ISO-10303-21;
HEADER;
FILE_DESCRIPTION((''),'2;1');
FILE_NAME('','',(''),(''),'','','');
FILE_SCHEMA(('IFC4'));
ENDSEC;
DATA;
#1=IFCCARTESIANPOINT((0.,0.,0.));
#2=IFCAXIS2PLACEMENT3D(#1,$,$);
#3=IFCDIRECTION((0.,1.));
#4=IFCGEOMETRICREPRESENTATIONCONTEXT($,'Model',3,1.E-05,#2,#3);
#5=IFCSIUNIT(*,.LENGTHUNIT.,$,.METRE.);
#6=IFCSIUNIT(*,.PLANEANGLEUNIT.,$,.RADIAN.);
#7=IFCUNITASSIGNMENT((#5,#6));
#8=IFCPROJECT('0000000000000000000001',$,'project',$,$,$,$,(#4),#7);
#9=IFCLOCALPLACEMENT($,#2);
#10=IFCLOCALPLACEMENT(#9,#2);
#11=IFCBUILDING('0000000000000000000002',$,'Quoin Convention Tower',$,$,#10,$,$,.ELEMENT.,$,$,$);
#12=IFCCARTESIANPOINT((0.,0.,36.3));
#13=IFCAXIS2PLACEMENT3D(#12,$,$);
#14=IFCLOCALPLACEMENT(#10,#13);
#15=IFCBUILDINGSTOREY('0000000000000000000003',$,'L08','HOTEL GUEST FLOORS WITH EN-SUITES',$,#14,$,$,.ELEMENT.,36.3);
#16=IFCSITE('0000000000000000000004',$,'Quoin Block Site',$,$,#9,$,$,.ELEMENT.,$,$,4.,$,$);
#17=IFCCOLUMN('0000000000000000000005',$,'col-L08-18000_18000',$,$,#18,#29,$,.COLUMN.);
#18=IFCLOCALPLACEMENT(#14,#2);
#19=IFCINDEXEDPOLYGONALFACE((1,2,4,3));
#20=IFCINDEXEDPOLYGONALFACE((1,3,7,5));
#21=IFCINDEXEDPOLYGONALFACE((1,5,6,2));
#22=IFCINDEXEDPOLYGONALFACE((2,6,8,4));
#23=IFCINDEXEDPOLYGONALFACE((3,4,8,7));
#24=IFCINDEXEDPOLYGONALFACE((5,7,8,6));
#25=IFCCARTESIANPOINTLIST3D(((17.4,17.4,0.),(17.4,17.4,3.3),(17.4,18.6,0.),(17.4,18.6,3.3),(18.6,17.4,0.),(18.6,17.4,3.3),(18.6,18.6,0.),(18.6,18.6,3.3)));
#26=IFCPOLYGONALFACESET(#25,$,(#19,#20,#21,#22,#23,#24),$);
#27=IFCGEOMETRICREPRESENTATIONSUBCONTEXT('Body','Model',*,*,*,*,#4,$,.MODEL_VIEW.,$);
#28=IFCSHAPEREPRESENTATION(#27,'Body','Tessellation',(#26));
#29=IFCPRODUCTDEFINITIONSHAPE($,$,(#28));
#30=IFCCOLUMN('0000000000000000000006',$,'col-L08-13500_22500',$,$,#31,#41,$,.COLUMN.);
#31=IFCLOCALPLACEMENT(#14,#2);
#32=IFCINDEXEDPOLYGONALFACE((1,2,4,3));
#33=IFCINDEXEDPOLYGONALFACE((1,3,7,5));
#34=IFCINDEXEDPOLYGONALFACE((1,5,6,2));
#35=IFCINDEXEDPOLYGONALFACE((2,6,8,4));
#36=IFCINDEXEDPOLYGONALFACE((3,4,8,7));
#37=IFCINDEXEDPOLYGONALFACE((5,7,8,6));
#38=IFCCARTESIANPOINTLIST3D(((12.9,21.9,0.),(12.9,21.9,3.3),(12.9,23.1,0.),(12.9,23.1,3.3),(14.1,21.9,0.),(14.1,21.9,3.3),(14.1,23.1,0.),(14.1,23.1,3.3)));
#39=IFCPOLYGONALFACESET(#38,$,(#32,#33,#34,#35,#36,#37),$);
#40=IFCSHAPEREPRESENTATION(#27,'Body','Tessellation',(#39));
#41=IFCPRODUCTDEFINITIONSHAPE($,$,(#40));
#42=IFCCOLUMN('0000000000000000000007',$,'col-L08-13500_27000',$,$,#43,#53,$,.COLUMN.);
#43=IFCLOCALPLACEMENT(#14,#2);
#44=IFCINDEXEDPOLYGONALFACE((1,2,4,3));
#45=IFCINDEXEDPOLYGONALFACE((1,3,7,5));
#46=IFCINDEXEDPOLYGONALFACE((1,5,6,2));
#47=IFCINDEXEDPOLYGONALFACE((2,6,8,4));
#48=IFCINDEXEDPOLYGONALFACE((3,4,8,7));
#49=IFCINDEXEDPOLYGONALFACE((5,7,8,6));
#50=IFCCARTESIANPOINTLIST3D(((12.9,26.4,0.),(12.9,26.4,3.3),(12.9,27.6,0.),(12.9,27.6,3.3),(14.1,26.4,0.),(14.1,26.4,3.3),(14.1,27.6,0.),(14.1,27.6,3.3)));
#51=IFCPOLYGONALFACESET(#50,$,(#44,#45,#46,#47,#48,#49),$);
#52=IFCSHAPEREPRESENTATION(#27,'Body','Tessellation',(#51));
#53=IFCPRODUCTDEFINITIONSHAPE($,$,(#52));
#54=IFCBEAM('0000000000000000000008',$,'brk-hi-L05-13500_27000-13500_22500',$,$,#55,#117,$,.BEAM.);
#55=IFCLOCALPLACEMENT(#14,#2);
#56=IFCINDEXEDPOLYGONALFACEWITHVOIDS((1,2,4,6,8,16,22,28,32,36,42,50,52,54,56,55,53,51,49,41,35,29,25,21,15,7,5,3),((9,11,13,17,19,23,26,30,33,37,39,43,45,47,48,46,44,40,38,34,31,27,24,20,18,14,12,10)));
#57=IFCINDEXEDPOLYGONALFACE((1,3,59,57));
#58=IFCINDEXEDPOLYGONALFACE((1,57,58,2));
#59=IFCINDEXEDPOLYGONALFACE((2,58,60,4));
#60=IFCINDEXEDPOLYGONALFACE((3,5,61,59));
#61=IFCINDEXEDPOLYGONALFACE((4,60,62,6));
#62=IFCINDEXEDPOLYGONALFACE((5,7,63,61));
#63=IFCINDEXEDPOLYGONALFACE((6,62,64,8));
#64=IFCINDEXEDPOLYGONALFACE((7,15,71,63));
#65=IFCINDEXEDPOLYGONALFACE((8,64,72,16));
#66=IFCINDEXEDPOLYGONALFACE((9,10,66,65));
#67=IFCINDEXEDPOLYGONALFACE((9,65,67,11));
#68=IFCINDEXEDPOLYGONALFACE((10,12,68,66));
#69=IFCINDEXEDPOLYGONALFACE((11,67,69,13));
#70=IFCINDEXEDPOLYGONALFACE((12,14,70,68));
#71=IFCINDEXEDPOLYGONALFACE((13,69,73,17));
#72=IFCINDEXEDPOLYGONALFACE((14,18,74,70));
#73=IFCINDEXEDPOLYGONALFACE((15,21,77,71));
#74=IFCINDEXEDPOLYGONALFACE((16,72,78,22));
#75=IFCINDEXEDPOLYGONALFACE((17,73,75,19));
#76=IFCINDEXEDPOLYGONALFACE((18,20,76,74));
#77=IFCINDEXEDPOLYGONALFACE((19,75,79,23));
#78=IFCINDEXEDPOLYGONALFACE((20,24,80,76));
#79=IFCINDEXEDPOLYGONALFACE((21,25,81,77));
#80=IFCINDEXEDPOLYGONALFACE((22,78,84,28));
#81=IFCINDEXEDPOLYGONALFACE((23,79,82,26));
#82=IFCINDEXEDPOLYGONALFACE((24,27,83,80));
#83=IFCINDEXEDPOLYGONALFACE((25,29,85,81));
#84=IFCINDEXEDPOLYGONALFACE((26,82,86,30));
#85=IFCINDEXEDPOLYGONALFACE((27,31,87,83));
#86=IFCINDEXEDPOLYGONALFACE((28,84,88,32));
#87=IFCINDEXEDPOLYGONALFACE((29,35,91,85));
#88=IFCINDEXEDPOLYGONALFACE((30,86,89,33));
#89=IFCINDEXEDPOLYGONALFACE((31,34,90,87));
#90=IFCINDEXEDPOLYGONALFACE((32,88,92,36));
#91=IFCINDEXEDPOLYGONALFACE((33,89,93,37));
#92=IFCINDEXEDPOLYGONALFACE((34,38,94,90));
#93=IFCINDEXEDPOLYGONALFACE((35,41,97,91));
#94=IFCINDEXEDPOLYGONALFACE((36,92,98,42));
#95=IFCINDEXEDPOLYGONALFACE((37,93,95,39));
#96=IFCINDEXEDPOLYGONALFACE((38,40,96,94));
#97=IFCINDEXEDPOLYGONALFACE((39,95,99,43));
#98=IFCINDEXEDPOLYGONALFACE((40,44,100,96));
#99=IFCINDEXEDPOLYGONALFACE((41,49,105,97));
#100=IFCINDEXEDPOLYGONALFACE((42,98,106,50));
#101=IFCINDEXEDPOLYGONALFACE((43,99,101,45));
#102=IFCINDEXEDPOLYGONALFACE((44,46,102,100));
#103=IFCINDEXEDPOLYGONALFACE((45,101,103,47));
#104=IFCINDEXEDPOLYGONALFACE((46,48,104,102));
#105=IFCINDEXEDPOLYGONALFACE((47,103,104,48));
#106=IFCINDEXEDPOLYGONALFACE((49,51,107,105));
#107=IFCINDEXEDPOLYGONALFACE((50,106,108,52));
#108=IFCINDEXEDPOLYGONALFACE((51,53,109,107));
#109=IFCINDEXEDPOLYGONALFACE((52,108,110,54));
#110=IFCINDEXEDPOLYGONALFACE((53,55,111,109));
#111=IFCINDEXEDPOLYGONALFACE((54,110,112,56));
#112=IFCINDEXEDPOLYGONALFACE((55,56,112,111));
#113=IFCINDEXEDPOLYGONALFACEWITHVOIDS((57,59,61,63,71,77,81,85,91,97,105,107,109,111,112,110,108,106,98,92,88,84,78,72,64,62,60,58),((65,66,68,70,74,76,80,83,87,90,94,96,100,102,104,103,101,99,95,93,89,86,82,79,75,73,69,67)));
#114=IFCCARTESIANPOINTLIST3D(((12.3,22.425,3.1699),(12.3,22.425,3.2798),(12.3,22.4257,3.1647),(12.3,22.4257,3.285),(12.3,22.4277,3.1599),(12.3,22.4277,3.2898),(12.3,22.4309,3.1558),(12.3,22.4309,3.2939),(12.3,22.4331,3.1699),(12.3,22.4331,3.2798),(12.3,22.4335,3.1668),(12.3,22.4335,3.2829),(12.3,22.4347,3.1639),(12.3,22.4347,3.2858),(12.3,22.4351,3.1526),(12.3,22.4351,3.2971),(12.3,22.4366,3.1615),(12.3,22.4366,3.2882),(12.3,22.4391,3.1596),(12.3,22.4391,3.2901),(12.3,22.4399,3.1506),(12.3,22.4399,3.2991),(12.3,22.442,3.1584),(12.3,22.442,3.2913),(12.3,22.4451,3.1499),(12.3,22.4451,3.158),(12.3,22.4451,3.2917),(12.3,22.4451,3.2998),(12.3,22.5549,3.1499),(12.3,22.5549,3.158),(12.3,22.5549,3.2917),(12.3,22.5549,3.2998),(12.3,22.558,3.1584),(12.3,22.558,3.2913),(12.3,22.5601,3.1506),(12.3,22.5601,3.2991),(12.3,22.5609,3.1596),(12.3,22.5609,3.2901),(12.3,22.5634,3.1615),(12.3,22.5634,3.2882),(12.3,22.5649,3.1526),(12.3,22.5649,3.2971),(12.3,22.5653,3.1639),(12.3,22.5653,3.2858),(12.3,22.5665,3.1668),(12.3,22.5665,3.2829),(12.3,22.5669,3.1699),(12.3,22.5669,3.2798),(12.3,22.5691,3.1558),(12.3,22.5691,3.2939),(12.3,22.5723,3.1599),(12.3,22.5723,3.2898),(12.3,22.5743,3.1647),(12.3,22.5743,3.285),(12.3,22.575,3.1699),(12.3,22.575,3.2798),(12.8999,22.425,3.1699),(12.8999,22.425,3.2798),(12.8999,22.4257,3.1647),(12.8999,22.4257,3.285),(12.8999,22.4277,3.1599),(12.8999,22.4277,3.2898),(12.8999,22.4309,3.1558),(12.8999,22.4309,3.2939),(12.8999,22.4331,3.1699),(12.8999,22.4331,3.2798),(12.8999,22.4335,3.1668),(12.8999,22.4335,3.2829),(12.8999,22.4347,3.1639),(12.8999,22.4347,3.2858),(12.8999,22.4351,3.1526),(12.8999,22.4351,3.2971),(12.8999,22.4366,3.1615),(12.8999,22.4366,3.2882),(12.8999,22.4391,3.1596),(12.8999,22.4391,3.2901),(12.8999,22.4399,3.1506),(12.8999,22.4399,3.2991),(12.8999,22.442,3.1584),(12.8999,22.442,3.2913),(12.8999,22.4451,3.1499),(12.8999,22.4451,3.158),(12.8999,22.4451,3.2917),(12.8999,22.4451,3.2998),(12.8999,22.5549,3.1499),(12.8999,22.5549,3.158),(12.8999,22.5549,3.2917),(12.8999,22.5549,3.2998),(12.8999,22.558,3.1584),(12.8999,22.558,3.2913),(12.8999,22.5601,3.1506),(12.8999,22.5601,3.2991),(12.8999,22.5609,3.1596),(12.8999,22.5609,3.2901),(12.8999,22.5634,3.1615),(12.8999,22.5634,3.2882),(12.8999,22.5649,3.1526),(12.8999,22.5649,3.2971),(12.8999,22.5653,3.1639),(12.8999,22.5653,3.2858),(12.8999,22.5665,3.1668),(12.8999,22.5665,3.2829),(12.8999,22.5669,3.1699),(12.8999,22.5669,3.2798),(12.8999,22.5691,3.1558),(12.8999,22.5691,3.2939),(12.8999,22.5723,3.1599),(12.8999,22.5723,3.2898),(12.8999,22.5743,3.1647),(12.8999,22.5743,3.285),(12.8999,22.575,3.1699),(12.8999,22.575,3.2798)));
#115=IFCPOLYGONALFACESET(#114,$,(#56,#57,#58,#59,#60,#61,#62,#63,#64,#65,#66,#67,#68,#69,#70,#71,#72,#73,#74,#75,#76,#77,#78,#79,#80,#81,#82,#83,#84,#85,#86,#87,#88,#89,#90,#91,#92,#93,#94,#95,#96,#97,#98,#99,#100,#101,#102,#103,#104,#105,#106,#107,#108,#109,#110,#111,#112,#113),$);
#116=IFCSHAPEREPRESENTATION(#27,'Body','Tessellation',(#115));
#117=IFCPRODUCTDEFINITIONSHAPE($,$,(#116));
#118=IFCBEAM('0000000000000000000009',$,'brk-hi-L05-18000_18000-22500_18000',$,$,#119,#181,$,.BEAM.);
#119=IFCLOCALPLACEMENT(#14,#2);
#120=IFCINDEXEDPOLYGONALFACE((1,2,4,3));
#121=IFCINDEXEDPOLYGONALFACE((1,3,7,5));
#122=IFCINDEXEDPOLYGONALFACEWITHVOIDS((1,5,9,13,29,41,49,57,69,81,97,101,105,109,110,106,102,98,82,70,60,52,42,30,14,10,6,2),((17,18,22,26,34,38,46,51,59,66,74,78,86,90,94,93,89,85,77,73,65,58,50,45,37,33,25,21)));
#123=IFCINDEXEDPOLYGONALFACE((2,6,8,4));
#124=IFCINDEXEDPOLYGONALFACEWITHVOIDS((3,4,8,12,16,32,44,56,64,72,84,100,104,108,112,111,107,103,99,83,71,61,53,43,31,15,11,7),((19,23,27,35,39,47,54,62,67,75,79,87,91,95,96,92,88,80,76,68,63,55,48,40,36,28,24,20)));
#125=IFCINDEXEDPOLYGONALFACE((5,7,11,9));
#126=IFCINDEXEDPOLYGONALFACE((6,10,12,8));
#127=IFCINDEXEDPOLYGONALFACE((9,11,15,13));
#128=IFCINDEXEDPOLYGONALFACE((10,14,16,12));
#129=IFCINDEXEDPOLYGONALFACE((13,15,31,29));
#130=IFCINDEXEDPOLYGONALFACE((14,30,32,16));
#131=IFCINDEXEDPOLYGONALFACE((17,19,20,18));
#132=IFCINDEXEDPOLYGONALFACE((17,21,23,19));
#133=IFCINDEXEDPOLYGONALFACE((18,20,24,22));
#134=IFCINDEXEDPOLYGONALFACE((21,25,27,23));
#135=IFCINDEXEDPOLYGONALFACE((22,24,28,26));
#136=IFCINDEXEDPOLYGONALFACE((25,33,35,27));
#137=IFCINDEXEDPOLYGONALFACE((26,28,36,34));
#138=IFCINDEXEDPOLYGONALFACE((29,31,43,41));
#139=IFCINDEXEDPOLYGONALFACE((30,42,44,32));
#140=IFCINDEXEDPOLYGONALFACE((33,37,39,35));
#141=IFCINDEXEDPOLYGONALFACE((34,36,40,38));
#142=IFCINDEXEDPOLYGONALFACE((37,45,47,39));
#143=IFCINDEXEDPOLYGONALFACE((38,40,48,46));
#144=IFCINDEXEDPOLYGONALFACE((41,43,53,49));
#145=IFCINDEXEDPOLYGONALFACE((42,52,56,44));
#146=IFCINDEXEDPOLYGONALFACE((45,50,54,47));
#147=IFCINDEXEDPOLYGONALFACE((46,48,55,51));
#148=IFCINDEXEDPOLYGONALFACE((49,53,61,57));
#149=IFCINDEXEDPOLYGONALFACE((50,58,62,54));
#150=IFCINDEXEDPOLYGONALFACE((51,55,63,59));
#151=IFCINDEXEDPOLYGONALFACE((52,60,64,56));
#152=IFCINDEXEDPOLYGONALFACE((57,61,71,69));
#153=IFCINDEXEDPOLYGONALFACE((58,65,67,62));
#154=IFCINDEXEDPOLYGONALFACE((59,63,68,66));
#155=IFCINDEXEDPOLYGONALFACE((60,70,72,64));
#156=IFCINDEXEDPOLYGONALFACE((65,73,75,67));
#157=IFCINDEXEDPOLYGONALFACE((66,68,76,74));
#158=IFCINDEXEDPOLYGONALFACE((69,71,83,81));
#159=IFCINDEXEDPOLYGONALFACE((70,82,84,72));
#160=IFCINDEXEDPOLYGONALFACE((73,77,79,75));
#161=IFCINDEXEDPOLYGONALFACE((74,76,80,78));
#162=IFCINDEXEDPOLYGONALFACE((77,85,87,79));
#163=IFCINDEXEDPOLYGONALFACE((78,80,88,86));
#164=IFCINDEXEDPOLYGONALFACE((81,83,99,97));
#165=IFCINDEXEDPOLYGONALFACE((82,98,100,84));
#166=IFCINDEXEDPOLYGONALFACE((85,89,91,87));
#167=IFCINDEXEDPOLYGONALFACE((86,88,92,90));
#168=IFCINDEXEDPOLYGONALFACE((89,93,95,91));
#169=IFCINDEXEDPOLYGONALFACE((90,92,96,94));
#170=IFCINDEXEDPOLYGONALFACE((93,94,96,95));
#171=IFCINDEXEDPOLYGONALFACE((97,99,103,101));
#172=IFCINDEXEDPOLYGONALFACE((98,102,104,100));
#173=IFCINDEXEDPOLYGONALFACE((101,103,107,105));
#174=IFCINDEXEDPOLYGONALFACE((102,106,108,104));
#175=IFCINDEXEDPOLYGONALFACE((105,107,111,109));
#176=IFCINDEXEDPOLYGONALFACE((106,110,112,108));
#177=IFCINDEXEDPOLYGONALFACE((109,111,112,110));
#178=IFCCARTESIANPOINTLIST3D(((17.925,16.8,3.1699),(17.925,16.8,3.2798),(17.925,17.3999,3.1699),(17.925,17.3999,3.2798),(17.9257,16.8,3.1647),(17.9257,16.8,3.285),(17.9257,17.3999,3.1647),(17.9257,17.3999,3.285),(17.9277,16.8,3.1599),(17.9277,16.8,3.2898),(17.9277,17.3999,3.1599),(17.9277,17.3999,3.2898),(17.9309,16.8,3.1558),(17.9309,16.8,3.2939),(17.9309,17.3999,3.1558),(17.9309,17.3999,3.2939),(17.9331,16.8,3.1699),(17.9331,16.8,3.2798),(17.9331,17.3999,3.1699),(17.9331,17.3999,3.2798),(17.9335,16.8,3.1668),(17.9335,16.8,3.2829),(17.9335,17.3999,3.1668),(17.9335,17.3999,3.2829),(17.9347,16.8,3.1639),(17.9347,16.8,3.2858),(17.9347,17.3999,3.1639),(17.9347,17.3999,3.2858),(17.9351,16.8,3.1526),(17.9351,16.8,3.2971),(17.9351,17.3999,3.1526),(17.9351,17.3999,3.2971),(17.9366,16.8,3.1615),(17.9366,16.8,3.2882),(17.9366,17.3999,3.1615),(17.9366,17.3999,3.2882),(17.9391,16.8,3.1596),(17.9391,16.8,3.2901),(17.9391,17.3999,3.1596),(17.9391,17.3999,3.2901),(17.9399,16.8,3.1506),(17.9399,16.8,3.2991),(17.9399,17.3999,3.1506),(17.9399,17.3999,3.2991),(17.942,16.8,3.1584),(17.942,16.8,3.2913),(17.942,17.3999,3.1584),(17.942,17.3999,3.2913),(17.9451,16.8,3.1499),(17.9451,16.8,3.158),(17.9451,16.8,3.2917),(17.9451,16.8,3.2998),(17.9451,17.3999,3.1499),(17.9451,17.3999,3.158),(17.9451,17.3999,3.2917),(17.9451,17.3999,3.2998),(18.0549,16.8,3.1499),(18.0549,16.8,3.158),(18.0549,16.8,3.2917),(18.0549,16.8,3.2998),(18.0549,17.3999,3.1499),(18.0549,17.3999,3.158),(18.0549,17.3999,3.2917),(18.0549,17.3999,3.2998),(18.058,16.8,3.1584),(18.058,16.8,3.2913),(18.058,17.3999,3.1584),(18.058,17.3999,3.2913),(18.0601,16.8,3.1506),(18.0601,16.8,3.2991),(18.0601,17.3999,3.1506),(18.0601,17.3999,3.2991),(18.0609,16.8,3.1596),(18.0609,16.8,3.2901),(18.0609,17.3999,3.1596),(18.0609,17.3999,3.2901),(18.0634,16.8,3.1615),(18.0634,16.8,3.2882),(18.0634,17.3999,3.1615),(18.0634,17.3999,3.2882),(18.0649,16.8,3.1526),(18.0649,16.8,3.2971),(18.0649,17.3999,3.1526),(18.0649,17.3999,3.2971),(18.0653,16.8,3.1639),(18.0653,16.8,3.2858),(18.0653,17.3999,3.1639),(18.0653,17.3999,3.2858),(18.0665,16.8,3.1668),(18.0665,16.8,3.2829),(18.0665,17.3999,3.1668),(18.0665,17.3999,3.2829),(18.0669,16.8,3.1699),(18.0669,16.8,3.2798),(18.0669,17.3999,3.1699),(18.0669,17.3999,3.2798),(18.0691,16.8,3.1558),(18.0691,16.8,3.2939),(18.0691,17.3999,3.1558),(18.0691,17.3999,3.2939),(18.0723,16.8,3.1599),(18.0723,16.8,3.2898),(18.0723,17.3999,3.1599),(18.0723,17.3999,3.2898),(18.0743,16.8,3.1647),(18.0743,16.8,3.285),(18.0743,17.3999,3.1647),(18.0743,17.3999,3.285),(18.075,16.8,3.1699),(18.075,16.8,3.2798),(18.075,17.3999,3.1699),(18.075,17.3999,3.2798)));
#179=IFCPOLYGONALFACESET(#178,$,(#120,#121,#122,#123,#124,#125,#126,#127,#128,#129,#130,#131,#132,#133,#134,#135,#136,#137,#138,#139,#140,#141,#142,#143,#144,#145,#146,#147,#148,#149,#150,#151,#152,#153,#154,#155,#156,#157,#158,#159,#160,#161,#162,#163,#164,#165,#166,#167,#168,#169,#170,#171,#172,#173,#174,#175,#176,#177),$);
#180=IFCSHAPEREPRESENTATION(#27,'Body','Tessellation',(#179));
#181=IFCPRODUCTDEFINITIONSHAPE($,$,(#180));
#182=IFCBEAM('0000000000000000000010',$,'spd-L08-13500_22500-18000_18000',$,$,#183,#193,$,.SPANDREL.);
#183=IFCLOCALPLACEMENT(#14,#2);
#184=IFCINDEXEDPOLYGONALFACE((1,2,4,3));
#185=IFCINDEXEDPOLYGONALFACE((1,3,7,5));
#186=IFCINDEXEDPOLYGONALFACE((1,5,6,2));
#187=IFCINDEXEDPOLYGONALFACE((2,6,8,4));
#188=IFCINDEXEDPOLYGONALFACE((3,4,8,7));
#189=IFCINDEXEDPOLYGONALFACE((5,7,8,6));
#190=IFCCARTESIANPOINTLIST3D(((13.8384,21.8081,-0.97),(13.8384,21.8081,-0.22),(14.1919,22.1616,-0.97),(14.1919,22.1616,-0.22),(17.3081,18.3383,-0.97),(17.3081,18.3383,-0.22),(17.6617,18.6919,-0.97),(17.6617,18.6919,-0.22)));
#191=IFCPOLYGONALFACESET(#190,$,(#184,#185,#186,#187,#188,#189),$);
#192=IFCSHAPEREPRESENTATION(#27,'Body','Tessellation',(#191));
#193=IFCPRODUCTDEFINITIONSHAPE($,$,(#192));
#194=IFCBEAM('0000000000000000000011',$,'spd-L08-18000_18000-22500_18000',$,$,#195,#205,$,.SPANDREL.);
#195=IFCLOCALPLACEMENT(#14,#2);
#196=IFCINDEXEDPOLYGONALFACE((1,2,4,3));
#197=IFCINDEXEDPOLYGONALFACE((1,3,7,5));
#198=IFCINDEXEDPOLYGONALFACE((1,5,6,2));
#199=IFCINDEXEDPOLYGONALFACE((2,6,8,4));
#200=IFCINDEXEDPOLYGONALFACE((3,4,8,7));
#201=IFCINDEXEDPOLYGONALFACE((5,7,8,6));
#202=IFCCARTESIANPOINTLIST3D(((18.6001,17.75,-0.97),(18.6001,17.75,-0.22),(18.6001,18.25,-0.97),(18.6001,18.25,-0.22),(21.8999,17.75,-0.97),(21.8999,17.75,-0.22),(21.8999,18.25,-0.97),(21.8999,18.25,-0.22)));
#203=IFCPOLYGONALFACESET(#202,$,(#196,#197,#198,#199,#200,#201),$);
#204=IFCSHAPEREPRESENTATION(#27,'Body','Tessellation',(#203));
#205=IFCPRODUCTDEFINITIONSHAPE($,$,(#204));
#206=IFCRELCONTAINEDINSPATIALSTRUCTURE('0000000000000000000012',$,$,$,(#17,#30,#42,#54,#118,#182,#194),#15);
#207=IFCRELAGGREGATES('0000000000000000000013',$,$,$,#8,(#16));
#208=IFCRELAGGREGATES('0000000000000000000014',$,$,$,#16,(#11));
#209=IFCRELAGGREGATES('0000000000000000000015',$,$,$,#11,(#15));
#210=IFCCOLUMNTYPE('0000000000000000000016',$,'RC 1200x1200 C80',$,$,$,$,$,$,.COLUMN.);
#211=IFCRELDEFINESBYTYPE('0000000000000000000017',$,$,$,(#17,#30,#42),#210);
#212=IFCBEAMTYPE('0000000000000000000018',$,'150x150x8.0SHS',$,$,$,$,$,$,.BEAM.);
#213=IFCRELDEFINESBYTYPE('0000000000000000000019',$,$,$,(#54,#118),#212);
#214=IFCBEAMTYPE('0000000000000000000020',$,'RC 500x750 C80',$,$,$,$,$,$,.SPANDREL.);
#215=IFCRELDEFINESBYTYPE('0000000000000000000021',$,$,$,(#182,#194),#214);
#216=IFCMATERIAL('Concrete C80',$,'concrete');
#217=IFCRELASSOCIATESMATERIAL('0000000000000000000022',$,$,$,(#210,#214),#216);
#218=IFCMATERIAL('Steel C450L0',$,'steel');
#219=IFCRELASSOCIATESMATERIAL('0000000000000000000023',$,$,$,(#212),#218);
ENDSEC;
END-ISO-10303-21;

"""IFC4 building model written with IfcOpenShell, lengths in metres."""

from ifc_helpers import new_model, si_unit, direction, frame, origin, origin_2d, place, context, subcontext, project, spatial, rectangle, hollow_rectangle, extrude, material, material_profile, profile_set, type_object, element, save


model = new_model("IFC4")

# Units and contexts
model_context = context("Model", 3, precision=1e-05, world=origin(), true_north=direction((0.0, 1.0)))
body_context = subcontext(model_context, "Body", "Model", "MODEL_VIEW")
ifc_project = project(units=[si_unit("LENGTHUNIT", "METRE"), si_unit("PLANEANGLEUNIT", "RADIAN")], contexts=[model_context])

# Site, building, storey
site_placement = place(None, origin())
site = spatial("IfcSite", under=ifc_project, at=site_placement, Name="Quoin Block Site", CompositionType="ELEMENT", RefElevation=4.0)
building_placement = place(site_placement, origin())
building = spatial("IfcBuilding", under=site, at=building_placement, Name="Quoin Convention Tower", CompositionType="ELEMENT")
storey_placement = place(building_placement, frame((0.0, 0.0, 36.3)))
storey = spatial("IfcBuildingStorey", under=building, at=storey_placement, Name="L08", Description="HOTEL GUEST FLOORS WITH EN-SUITES", CompositionType="ELEMENT", Elevation=36.3)

# Columns
ifc_material_1 = material(Name="Concrete C80", Category="concrete")
ifc_material_profile_1 = material_profile(ifc_material_1, rectangle(XDim=1.2, YDim=1.2, at=origin_2d()), Name="RC 1200x1200")
ifc_profile_set_1 = profile_set([ifc_material_profile_1], Name="Concrete C80")
column_type = type_object("IfcColumnType", Name="RC 1200x1200 C80", PredefinedType="COLUMN", material=ifc_profile_set_1)
for number, where, z_axis, x_axis, name in (
    (1, (18.0, 18.0, 0.0), (0.0, 0.0, 1.0), (1.0, 0.0, 0.0), "col-L08-18000_18000"),
    (2, (13.5, 22.5, 0.0), (0.0, 0.0, 1.0), (1.0, 0.0, 0.0), "col-L08-13500_22500"),
    (3, (13.5, 27.0, 0.0), (0.0, 0.0, 1.0), (1.0, 0.0, 0.0), "col-L08-13500_27000"),
):
    element("IfcColumn", number, at=place(storey_placement, frame(where, z_axis=z_axis, x_axis=x_axis)), inside=storey, type_object=column_type, Name=name, PredefinedType="COLUMN", context=body_context, shape_type="SweptSolid", body=[
        extrude(rectangle(XDim=1.2, YDim=1.2, at=origin_2d()), origin(), (0.0, 0.0, 1.0), 3.3),
    ])

# Beams
ifc_material_2 = material(Name="Steel C450L0", Category="steel")
ifc_material_profile_2 = material_profile(ifc_material_2, hollow_rectangle(XDim=0.1499, YDim=0.1499, WallThickness=0.0081, InnerFilletRadius=0.012, OuterFilletRadius=0.02, at=origin_2d()), Name="150x150x8.0SHS")
ifc_profile_set_2 = profile_set([ifc_material_profile_2], Name="Steel C450L0")
beam_type_1 = type_object("IfcBeamType", Name="150x150x8.0SHS", PredefinedType="BEAM", material=ifc_profile_set_2)
for number, where, z_axis, x_axis, name in (
    (4, (12.8999, 22.5, 3.2249), (-1.0, 0.0, 0.0), (0.0, -1.0, 0.0), "brk-hi-L05-13500_27000-13500_22500"),
    (5, (18.0, 17.3999, 3.2249), (0.0, -1.0, 0.0), (1.0, 0.0, 0.0), "brk-hi-L05-18000_18000-22500_18000"),
):
    element("IfcBeam", number, at=place(storey_placement, frame(where, z_axis=z_axis, x_axis=x_axis)), inside=storey, type_object=beam_type_1, Name=name, PredefinedType="BEAM", context=body_context, shape_type="SweptSolid", body=[
        extrude(hollow_rectangle(XDim=0.1499, YDim=0.1499, WallThickness=0.0081, InnerFilletRadius=0.012, OuterFilletRadius=0.02, at=origin_2d()), origin(), (0.0, 0.0, 1.0), 0.5999),
    ])
ifc_material_profile_3 = material_profile(ifc_material_1, rectangle(XDim=0.5, YDim=0.75, at=origin_2d()), Name="RC 500x750")
ifc_profile_set_3 = profile_set([ifc_material_profile_3], Name="Concrete C80")
beam_type_2 = type_object("IfcBeamType", Name="RC 500x750 C80", PredefinedType="SPANDREL", material=ifc_profile_set_3)
beam_placement = place(storey_placement, frame((14.0151, 21.9849, -0.595), z_axis=(0.707107, -0.707107, 0.0), x_axis=(0.707107, 0.707107, 0.0)))
element("IfcBeam", 6, at=beam_placement, inside=storey, type_object=beam_type_2, Name="spd-L08-13500_22500-18000_18000", PredefinedType="SPANDREL", context=body_context, shape_type="SweptSolid", body=[
    extrude(rectangle(XDim=0.5, YDim=0.75, at=origin_2d()), origin(), (0.0, 0.0, 1.0), 4.907),
])
for number, where, z_axis, x_axis, name in (
    (7, (18.6001, 18.0, -0.595), (1.0, 0.0, 0.0), (0.0, 1.0, 0.0), "spd-L08-18000_18000-22500_18000"),
):
    element("IfcBeam", number, at=place(storey_placement, frame(where, z_axis=z_axis, x_axis=x_axis)), inside=storey, type_object=beam_type_2, Name=name, PredefinedType="SPANDREL", context=body_context, shape_type="SweptSolid", body=[
        extrude(rectangle(XDim=0.5, YDim=0.75, at=origin_2d()), origin(), (0.0, 0.0, 1.0), 3.2998),
    ])

save(model, "model.ifc")
